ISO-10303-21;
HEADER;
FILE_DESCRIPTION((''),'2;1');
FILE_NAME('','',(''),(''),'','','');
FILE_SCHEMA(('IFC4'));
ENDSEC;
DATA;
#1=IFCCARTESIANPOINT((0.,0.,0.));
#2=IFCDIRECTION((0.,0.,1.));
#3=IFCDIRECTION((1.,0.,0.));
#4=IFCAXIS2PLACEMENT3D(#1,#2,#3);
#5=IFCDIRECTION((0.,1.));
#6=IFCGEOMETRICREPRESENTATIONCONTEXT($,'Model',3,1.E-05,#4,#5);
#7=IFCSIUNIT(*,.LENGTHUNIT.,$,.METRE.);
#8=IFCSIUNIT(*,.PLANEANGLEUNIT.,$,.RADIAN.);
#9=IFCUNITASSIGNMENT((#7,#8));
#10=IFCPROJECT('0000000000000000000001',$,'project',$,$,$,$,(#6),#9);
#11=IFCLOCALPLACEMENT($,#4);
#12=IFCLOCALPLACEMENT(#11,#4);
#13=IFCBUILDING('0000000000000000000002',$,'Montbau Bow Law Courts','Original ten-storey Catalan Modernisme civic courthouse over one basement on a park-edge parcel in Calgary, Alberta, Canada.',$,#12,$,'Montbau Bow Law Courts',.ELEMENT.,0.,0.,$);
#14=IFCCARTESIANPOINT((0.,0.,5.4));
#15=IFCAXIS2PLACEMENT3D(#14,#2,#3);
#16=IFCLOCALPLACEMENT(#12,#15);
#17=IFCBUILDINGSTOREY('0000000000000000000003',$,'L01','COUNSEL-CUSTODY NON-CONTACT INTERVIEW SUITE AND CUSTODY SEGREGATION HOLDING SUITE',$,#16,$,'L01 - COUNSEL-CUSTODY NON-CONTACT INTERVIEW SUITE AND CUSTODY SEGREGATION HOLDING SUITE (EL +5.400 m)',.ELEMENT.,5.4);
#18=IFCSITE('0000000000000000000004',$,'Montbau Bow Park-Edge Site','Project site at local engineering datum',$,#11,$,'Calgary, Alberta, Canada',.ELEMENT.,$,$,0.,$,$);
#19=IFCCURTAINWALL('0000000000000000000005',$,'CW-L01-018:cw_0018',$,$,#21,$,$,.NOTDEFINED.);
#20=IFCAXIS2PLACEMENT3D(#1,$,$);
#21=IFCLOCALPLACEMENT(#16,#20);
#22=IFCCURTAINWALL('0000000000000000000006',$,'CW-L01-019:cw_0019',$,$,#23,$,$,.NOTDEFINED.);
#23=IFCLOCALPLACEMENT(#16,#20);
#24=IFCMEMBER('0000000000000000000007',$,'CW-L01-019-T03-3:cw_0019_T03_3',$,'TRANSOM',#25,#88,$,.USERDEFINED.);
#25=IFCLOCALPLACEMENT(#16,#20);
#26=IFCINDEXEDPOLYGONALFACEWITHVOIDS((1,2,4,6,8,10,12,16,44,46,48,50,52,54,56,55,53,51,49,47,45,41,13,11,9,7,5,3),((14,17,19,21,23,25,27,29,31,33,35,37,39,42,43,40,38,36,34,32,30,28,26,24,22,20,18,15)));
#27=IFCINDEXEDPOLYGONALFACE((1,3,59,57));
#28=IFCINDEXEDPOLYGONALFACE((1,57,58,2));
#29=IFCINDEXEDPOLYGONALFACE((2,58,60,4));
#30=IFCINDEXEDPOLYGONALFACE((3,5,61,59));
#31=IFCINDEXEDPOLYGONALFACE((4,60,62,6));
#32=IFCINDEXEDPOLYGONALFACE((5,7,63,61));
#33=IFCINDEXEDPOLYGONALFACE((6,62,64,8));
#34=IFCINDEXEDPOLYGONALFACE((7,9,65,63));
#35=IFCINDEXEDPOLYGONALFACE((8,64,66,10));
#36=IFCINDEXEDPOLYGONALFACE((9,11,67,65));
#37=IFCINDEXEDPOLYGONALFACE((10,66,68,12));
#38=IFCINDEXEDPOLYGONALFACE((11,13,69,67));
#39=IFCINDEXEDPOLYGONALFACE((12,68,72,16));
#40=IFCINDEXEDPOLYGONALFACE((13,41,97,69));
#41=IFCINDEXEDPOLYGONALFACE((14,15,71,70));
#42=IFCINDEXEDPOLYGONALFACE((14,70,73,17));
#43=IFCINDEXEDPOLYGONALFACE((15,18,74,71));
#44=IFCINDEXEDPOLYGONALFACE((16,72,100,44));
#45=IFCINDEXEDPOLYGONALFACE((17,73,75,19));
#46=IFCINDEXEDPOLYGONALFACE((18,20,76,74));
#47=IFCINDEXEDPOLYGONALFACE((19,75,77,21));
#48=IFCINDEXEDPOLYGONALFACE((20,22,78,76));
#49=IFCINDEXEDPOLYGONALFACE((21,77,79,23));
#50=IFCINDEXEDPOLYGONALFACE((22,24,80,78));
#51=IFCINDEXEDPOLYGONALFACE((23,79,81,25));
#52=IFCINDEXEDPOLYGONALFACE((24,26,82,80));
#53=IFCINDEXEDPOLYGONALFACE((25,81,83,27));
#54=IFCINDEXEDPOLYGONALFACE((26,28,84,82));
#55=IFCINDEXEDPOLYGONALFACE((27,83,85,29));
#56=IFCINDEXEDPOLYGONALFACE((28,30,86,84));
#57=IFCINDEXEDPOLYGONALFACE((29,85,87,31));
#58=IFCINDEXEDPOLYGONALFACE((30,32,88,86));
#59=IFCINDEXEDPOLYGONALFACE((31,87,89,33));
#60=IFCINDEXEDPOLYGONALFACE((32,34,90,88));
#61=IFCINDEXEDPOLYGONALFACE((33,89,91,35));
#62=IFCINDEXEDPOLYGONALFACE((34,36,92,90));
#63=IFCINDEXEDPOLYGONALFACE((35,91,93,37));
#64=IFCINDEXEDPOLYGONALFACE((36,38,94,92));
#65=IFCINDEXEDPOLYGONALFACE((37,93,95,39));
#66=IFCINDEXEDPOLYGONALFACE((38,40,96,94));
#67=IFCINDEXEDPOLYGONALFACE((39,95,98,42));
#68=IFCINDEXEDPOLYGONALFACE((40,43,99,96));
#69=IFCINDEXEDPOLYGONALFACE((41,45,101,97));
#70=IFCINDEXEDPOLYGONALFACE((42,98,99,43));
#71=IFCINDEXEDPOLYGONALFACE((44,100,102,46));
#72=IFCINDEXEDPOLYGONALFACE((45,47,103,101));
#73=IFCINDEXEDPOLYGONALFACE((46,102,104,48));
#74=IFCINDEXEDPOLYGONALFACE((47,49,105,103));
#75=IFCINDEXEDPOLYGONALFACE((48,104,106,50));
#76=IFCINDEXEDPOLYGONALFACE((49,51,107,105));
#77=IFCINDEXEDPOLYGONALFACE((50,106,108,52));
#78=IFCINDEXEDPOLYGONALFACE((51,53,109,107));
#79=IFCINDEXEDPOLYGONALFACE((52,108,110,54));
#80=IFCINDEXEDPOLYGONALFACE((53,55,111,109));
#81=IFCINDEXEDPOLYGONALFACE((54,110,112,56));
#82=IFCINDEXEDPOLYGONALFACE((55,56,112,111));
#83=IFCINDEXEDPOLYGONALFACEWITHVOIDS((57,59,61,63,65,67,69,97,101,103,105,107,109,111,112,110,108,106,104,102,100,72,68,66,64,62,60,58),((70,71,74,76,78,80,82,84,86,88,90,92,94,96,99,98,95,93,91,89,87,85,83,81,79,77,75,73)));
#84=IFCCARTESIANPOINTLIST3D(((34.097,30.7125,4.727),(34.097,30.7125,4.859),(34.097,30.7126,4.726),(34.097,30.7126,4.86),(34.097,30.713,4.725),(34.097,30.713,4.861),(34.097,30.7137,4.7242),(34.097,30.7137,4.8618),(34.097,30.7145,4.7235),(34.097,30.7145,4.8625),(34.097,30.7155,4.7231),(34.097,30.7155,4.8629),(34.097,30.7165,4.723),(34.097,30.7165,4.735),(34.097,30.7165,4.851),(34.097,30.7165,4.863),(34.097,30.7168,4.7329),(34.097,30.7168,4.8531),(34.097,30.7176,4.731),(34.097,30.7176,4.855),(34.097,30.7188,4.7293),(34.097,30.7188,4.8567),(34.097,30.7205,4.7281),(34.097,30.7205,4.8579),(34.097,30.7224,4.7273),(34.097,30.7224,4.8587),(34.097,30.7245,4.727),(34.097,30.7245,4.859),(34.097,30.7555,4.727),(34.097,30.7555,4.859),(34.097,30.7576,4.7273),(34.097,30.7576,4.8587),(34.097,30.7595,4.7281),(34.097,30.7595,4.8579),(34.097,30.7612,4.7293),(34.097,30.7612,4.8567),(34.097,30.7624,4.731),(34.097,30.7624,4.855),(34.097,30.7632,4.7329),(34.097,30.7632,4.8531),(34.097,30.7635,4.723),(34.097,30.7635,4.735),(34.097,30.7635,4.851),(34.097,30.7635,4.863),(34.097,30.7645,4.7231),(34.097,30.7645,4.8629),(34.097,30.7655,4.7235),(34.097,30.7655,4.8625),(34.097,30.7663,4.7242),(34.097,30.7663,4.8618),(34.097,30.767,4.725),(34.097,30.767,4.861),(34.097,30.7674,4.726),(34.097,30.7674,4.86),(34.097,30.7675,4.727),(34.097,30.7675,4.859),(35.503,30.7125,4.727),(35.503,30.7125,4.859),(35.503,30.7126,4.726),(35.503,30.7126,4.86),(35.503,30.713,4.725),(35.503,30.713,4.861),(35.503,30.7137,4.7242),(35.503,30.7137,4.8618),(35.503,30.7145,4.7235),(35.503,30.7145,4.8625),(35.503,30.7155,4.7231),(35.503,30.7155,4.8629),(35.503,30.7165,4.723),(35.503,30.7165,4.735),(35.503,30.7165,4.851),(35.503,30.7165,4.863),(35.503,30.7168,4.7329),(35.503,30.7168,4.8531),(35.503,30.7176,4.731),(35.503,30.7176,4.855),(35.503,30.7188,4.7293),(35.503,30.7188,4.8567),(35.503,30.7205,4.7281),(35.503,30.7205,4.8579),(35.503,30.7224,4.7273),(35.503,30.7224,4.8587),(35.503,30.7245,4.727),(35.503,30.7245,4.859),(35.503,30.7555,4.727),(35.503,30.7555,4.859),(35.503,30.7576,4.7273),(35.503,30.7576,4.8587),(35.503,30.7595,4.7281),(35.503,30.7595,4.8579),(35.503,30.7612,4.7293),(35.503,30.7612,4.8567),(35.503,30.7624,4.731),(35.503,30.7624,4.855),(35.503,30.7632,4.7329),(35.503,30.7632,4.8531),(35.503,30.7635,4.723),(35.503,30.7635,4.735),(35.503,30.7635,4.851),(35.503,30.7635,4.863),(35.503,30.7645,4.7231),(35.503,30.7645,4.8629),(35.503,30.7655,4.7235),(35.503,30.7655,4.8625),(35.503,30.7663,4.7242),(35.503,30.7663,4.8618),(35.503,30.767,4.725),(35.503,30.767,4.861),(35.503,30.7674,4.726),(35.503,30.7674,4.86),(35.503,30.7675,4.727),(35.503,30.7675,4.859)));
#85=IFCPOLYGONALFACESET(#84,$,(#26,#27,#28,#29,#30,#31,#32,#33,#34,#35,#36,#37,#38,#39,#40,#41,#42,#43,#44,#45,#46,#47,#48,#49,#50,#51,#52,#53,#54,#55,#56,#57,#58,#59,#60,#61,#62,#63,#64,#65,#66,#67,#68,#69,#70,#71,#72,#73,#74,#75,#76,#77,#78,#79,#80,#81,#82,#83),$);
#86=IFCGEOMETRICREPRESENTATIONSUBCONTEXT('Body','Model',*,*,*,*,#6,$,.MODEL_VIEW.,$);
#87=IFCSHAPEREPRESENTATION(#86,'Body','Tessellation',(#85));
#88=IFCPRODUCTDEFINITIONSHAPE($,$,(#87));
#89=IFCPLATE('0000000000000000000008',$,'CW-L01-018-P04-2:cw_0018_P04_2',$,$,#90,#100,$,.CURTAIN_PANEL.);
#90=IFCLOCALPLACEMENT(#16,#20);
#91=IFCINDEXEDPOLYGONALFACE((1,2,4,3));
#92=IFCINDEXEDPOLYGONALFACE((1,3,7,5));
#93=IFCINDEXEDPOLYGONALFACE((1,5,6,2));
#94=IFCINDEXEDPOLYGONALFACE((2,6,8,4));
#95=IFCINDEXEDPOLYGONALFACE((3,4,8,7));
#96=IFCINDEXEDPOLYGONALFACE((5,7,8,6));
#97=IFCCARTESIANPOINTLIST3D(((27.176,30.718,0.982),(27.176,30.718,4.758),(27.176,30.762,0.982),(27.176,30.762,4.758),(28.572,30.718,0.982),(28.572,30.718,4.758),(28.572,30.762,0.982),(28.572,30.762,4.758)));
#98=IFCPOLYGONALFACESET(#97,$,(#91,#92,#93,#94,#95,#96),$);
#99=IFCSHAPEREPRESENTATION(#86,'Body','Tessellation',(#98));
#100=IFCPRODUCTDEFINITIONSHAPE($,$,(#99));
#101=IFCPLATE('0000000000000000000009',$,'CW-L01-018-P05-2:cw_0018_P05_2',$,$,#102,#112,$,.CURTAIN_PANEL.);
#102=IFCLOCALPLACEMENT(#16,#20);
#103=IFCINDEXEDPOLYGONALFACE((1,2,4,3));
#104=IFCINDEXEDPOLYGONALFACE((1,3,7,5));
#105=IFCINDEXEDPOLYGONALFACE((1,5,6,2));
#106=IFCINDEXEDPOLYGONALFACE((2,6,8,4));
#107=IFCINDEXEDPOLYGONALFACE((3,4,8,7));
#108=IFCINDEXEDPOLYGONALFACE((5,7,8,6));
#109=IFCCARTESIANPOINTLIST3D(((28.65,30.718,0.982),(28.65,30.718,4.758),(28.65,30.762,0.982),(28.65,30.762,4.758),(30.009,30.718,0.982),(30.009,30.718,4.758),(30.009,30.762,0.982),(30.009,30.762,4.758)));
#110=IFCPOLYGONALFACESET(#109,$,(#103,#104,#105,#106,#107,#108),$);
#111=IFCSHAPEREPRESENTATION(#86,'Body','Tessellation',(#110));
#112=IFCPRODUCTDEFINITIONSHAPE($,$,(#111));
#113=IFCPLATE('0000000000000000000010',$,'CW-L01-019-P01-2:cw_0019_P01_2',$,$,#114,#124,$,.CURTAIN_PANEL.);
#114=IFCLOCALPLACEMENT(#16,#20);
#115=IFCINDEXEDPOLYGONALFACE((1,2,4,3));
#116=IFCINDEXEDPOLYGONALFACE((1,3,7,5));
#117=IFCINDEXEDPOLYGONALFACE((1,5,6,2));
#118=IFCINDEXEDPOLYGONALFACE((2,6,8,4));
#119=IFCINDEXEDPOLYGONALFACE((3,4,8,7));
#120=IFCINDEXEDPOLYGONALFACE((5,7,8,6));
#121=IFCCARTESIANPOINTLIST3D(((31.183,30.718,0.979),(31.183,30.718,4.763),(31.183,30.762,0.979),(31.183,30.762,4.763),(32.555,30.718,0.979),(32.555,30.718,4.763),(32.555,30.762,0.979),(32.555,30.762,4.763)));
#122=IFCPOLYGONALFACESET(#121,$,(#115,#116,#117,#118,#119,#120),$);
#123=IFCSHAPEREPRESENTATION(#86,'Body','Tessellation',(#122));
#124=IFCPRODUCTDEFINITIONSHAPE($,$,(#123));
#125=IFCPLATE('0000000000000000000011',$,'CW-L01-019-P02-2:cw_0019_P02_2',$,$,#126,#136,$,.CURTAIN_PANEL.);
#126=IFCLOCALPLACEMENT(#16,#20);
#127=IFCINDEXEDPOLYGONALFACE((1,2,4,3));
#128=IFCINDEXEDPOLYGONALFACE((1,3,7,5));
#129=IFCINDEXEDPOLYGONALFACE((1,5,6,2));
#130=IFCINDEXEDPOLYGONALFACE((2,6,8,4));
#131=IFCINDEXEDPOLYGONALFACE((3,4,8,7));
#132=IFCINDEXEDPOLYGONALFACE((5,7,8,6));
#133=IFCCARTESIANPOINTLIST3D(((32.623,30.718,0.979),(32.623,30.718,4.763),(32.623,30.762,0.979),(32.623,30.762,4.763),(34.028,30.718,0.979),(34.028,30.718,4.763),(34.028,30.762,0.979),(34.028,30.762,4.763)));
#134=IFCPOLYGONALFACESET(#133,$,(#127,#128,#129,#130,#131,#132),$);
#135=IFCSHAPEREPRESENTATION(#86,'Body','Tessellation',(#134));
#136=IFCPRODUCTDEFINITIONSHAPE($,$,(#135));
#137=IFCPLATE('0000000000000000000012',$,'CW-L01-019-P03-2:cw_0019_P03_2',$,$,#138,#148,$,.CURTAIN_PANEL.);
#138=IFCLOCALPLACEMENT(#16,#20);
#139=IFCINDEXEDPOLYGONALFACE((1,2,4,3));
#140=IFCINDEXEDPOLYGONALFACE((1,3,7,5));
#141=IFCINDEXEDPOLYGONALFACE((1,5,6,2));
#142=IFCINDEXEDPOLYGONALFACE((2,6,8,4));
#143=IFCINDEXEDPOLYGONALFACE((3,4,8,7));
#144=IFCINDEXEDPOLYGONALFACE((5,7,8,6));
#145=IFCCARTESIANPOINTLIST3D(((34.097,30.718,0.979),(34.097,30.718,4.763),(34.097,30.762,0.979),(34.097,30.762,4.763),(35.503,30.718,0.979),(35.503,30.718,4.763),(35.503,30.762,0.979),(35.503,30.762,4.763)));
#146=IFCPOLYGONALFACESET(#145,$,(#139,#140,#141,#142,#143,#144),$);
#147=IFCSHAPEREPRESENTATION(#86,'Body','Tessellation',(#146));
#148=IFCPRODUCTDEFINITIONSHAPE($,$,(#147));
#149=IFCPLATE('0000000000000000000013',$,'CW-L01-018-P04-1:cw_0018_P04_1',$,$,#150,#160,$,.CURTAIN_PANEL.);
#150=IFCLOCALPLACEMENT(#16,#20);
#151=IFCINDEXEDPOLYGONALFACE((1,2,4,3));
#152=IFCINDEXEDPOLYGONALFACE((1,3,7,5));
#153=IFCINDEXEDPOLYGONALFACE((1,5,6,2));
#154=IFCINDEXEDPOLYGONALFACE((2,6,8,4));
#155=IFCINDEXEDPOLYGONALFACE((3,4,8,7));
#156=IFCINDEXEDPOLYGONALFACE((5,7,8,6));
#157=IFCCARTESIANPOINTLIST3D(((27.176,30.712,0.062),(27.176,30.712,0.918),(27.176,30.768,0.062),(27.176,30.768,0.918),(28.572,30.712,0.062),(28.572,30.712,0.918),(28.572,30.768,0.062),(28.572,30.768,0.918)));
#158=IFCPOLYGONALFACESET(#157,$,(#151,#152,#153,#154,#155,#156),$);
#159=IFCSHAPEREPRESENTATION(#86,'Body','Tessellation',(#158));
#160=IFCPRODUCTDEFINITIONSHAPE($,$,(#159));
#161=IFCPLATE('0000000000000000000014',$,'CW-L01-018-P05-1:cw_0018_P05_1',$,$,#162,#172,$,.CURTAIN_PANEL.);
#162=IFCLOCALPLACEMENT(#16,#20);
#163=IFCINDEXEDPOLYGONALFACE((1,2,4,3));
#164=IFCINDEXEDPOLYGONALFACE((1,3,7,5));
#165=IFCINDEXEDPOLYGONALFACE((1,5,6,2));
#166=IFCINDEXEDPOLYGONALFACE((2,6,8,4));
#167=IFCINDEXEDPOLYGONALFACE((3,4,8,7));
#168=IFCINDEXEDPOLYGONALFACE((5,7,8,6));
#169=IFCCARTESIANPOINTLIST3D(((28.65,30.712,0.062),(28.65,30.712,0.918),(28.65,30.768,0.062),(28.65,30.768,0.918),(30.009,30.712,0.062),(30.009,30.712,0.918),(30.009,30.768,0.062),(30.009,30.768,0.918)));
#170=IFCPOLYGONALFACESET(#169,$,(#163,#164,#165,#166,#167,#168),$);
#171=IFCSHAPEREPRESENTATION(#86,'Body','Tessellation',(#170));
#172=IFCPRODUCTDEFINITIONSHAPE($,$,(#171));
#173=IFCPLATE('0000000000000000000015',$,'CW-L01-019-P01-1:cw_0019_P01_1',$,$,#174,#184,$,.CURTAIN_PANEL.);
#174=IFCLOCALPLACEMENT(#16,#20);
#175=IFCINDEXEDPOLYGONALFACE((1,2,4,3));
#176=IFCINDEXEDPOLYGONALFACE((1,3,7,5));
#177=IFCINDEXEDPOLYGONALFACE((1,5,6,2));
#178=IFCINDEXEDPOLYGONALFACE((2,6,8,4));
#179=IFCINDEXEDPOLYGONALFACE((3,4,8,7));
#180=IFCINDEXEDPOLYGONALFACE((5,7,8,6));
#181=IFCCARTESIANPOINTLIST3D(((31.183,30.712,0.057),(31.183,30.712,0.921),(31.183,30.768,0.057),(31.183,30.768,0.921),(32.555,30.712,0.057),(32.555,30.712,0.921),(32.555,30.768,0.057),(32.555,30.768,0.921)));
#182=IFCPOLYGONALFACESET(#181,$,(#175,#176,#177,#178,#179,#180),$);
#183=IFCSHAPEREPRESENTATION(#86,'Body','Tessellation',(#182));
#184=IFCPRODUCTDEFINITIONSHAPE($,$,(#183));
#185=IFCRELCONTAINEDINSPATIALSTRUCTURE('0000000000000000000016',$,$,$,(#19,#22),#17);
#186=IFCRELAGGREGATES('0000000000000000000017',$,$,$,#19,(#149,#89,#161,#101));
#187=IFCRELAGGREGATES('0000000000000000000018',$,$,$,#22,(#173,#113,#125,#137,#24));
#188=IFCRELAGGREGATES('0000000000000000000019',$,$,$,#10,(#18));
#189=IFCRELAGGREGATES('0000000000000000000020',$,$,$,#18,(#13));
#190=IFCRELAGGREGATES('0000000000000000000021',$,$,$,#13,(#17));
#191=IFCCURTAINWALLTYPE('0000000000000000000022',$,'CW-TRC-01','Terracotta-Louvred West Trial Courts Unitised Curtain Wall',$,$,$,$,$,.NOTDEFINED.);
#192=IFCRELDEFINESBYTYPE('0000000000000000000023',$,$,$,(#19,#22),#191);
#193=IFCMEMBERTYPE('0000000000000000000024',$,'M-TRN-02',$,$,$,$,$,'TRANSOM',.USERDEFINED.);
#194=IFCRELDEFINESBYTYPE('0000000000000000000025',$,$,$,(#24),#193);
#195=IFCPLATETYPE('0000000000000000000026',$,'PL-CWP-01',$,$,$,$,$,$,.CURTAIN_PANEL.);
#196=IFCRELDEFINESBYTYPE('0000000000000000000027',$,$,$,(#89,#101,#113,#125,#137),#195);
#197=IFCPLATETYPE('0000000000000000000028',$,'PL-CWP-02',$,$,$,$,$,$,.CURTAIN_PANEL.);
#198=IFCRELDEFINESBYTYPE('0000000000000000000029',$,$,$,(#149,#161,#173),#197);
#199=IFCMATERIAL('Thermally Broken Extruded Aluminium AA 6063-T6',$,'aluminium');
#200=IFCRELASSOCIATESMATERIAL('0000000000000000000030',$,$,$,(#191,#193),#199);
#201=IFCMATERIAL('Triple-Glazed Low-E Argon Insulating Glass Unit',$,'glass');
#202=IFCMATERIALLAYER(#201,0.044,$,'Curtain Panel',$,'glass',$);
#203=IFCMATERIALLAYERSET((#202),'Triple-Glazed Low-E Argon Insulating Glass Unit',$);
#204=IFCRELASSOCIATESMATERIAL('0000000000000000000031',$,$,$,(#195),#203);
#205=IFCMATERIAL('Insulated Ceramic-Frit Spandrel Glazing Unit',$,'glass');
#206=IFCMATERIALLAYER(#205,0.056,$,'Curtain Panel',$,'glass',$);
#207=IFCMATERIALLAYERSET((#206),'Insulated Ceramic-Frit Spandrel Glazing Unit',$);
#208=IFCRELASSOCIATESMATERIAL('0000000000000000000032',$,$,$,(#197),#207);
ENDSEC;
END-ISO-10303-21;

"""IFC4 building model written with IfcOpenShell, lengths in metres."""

from ifc_helpers import new_model, si_unit, direction, frame, frame_2d, origin_with_axes, origin_2d_with_axis, place, context, subcontext, project, spatial, rectangle, hollow_rectangle, extrude, material, layer, layer_set, material_profile, profile_set, type_object, element, aggregate, save


model = new_model("IFC4")

# Units and contexts
model_context = context("Model", 3, precision=1e-05, world=origin_with_axes(), true_north=direction((0.0, 1.0)))
body_context = subcontext(model_context, "Body", "Model", "MODEL_VIEW")
ifc_project = project(units=[si_unit("LENGTHUNIT", "METRE"), si_unit("PLANEANGLEUNIT", "RADIAN")], contexts=[model_context])

# Site, building, storey
site_placement = place(None, origin_with_axes())
site = spatial("IfcSite", under=ifc_project, at=site_placement, Name="Montbau Bow Park-Edge Site", Description="Project site at local engineering datum", LongName="Calgary, Alberta, Canada", CompositionType="ELEMENT", RefElevation=0.0)
building_placement = place(site_placement, origin_with_axes())
building = spatial("IfcBuilding", under=site, at=building_placement, Name="Montbau Bow Law Courts", Description="Original ten-storey Catalan Modernisme civic courthouse over one basement on a park-edge parcel in Calgary, Alberta, Canada.", LongName="Montbau Bow Law Courts", CompositionType="ELEMENT", ElevationOfRefHeight=0.0, ElevationOfTerrain=0.0)
storey_placement = place(building_placement, frame((0.0, 0.0, 5.4), z_axis=(0.0, 0.0, 1.0), x_axis=(1.0, 0.0, 0.0)))
storey = spatial("IfcBuildingStorey", under=building, at=storey_placement, Name="L01", Description="COUNSEL-CUSTODY NON-CONTACT INTERVIEW SUITE AND CUSTODY SEGREGATION HOLDING SUITE", LongName="L01 - COUNSEL-CUSTODY NON-CONTACT INTERVIEW SUITE AND CUSTODY SEGREGATION HOLDING SUITE (EL +5.400 m)", CompositionType="ELEMENT", Elevation=5.4)

# Curtain walls
ifc_material_1 = material(Name="Thermally Broken Extruded Aluminium AA 6063-T6", Category="aluminium")
curtain_wall_type = type_object("IfcCurtainWallType", Name="CW-TRC-01", Description="Terracotta-Louvred West Trial Courts Unitised Curtain Wall", PredefinedType="NOTDEFINED", material=ifc_material_1)
curtain_wall_1_placement = place(None, frame((22.715, 30.74, 5.4), z_axis=(0.0, 0.0, 1.0), x_axis=(1.0, 0.0, 0.0)))
curtain_wall_1 = element("IfcCurtainWall", 1, at=curtain_wall_1_placement, inside=storey, type_object=curtain_wall_type, Name="CW-L01-018:cw_0018", PredefinedType="NOTDEFINED")
curtain_wall_2_placement = place(None, frame((31.115, 30.74, 5.4), z_axis=(0.0, 0.0, 1.0), x_axis=(1.0, 0.0, 0.0)))
curtain_wall_2 = element("IfcCurtainWall", 2, at=curtain_wall_2_placement, inside=storey, type_object=curtain_wall_type, Name="CW-L01-019:cw_0019", PredefinedType="NOTDEFINED")

# Member
ifc_material_profile_1 = material_profile(ifc_material_1, hollow_rectangle(XDim=0.055, YDim=0.14, WallThickness=0.004, InnerFilletRadius=0.008, OuterFilletRadius=0.004, at=origin_2d_with_axis()), Name="CWT-140X55", Category="Main", Priority=0)
ifc_profile_set_1 = profile_set([ifc_material_profile_1], Name="Thermally Broken Extruded Aluminium AA 6063-T6")
member_type_1 = type_object("IfcMemberType", Name="M-TRN-02", ElementType="TRANSOM", PredefinedType="USERDEFINED", material=ifc_profile_set_1)
member_1_placement = place(None, frame((34.097, 30.74, 10.193), z_axis=(1.0, 0.0, 0.0), x_axis=(0.0, 1.0, 0.0)))
member_1 = element("IfcMember", 3, at=member_1_placement, type_object=member_type_1, Name="CW-L01-019-T03-3:cw_0019_T03_3", ObjectType="TRANSOM", PredefinedType="USERDEFINED", context=body_context, shape_type="SweptSolid", body=[
    extrude(hollow_rectangle(XDim=0.055, YDim=0.14, WallThickness=0.004, InnerFilletRadius=0.008, OuterFilletRadius=0.004, at=origin_2d_with_axis()), origin_with_axes(), (0.0, 0.0, 1.0), 1.406),
])

# Plates
ifc_material_2 = material(Name="Triple-Glazed Low-E Argon Insulating Glass Unit", Category="glass")
ifc_layer_1 = layer(ifc_material_2, 0.044, Name="Curtain Panel", Category="glass")
ifc_layer_set_1 = layer_set([ifc_layer_1], Name="Triple-Glazed Low-E Argon Insulating Glass Unit")
plate_type_1 = type_object("IfcPlateType", Name="PL-CWP-01", PredefinedType="CURTAIN_PANEL", material=ifc_layer_set_1)
plate_1_placement = place(None, frame((27.176, 30.74, 6.382), z_axis=(0.0, -1.0, 0.0), x_axis=(1.0, 0.0, 0.0)))
plate_1 = element("IfcPlate", 4, at=plate_1_placement, type_object=plate_type_1, Name="CW-L01-018-P04-2:cw_0018_P04_2", PredefinedType="CURTAIN_PANEL", context=body_context, shape_type="SweptSolid", body=[
    extrude(rectangle(XDim=1.396, YDim=3.776, at=frame_2d((0.698, 1.888), x_axis=(1.0, 0.0))), frame((0.0, 0.0, -0.022), z_axis=(0.0, 0.0, 1.0), x_axis=(1.0, 0.0, 0.0)), (0.0, 0.0, 1.0), 0.044),
])
plate_2_placement = place(None, frame((28.65, 30.74, 6.382), z_axis=(0.0, -1.0, 0.0), x_axis=(1.0, 0.0, 0.0)))
plate_2 = element("IfcPlate", 5, at=plate_2_placement, type_object=plate_type_1, Name="CW-L01-018-P05-2:cw_0018_P05_2", PredefinedType="CURTAIN_PANEL", context=body_context, shape_type="SweptSolid", body=[
    extrude(rectangle(XDim=1.359, YDim=3.776, at=frame_2d((0.6795, 1.888), x_axis=(1.0, 0.0))), frame((0.0, 0.0, -0.022), z_axis=(0.0, 0.0, 1.0), x_axis=(1.0, 0.0, 0.0)), (0.0, 0.0, 1.0), 0.044),
])
plate_3_placement = place(None, frame((31.183, 30.74, 6.379), z_axis=(0.0, -1.0, 0.0), x_axis=(1.0, 0.0, 0.0)))
plate_3 = element("IfcPlate", 6, at=plate_3_placement, type_object=plate_type_1, Name="CW-L01-019-P01-2:cw_0019_P01_2", PredefinedType="CURTAIN_PANEL", context=body_context, shape_type="SweptSolid", body=[
    extrude(rectangle(XDim=1.372, YDim=3.784, at=frame_2d((0.686, 1.892), x_axis=(1.0, 0.0))), frame((0.0, 0.0, -0.022), z_axis=(0.0, 0.0, 1.0), x_axis=(1.0, 0.0, 0.0)), (0.0, 0.0, 1.0), 0.044),
])
plate_4_placement = place(None, frame((32.623, 30.74, 6.379), z_axis=(0.0, -1.0, 0.0), x_axis=(1.0, 0.0, 0.0)))
plate_4 = element("IfcPlate", 7, at=plate_4_placement, type_object=plate_type_1, Name="CW-L01-019-P02-2:cw_0019_P02_2", PredefinedType="CURTAIN_PANEL", context=body_context, shape_type="SweptSolid", body=[
    extrude(rectangle(XDim=1.405, YDim=3.784, at=frame_2d((0.7025, 1.892), x_axis=(1.0, 0.0))), frame((0.0, 0.0, -0.022), z_axis=(0.0, 0.0, 1.0), x_axis=(1.0, 0.0, 0.0)), (0.0, 0.0, 1.0), 0.044),
])
plate_5_placement = place(None, frame((34.097, 30.74, 6.379), z_axis=(0.0, -1.0, 0.0), x_axis=(1.0, 0.0, 0.0)))
plate_5 = element("IfcPlate", 8, at=plate_5_placement, type_object=plate_type_1, Name="CW-L01-019-P03-2:cw_0019_P03_2", PredefinedType="CURTAIN_PANEL", context=body_context, shape_type="SweptSolid", body=[
    extrude(rectangle(XDim=1.406, YDim=3.784, at=frame_2d((0.703, 1.892), x_axis=(1.0, 0.0))), frame((0.0, 0.0, -0.022), z_axis=(0.0, 0.0, 1.0), x_axis=(1.0, 0.0, 0.0)), (0.0, 0.0, 1.0), 0.044),
])
ifc_material_3 = material(Name="Insulated Ceramic-Frit Spandrel Glazing Unit", Category="glass")
ifc_layer_2 = layer(ifc_material_3, 0.056, Name="Curtain Panel", Category="glass")
ifc_layer_set_2 = layer_set([ifc_layer_2], Name="Insulated Ceramic-Frit Spandrel Glazing Unit")
plate_type_2 = type_object("IfcPlateType", Name="PL-CWP-02", PredefinedType="CURTAIN_PANEL", material=ifc_layer_set_2)
plate_6_placement = place(None, frame((27.176, 30.74, 5.462), z_axis=(0.0, -1.0, 0.0), x_axis=(1.0, 0.0, 0.0)))
plate_6 = element("IfcPlate", 9, at=plate_6_placement, type_object=plate_type_2, Name="CW-L01-018-P04-1:cw_0018_P04_1", PredefinedType="CURTAIN_PANEL", context=body_context, shape_type="SweptSolid", body=[
    extrude(rectangle(XDim=1.396, YDim=0.856, at=frame_2d((0.698, 0.428), x_axis=(1.0, 0.0))), frame((0.0, 0.0, -0.028), z_axis=(0.0, 0.0, 1.0), x_axis=(1.0, 0.0, 0.0)), (0.0, 0.0, 1.0), 0.056),
])
plate_7_placement = place(None, frame((28.65, 30.74, 5.462), z_axis=(0.0, -1.0, 0.0), x_axis=(1.0, 0.0, 0.0)))
plate_7 = element("IfcPlate", 10, at=plate_7_placement, type_object=plate_type_2, Name="CW-L01-018-P05-1:cw_0018_P05_1", PredefinedType="CURTAIN_PANEL", context=body_context, shape_type="SweptSolid", body=[
    extrude(rectangle(XDim=1.359, YDim=0.856, at=frame_2d((0.6795, 0.428), x_axis=(1.0, 0.0))), frame((0.0, 0.0, -0.028), z_axis=(0.0, 0.0, 1.0), x_axis=(1.0, 0.0, 0.0)), (0.0, 0.0, 1.0), 0.056),
])
aggregate(curtain_wall_1, [plate_6, plate_1, plate_7, plate_2])
plate_8_placement = place(None, frame((31.183, 30.74, 5.457), z_axis=(0.0, -1.0, 0.0), x_axis=(1.0, 0.0, 0.0)))
plate_8 = element("IfcPlate", 11, at=plate_8_placement, type_object=plate_type_2, Name="CW-L01-019-P01-1:cw_0019_P01_1", PredefinedType="CURTAIN_PANEL", context=body_context, shape_type="SweptSolid", body=[
    extrude(rectangle(XDim=1.372, YDim=0.864, at=frame_2d((0.686, 0.432), x_axis=(1.0, 0.0))), frame((0.0, 0.0, -0.028), z_axis=(0.0, 0.0, 1.0), x_axis=(1.0, 0.0, 0.0)), (0.0, 0.0, 1.0), 0.056),
])
aggregate(curtain_wall_2, [plate_8, plate_3, plate_4, plate_5, member_1])

save(model, "model.ifc")
